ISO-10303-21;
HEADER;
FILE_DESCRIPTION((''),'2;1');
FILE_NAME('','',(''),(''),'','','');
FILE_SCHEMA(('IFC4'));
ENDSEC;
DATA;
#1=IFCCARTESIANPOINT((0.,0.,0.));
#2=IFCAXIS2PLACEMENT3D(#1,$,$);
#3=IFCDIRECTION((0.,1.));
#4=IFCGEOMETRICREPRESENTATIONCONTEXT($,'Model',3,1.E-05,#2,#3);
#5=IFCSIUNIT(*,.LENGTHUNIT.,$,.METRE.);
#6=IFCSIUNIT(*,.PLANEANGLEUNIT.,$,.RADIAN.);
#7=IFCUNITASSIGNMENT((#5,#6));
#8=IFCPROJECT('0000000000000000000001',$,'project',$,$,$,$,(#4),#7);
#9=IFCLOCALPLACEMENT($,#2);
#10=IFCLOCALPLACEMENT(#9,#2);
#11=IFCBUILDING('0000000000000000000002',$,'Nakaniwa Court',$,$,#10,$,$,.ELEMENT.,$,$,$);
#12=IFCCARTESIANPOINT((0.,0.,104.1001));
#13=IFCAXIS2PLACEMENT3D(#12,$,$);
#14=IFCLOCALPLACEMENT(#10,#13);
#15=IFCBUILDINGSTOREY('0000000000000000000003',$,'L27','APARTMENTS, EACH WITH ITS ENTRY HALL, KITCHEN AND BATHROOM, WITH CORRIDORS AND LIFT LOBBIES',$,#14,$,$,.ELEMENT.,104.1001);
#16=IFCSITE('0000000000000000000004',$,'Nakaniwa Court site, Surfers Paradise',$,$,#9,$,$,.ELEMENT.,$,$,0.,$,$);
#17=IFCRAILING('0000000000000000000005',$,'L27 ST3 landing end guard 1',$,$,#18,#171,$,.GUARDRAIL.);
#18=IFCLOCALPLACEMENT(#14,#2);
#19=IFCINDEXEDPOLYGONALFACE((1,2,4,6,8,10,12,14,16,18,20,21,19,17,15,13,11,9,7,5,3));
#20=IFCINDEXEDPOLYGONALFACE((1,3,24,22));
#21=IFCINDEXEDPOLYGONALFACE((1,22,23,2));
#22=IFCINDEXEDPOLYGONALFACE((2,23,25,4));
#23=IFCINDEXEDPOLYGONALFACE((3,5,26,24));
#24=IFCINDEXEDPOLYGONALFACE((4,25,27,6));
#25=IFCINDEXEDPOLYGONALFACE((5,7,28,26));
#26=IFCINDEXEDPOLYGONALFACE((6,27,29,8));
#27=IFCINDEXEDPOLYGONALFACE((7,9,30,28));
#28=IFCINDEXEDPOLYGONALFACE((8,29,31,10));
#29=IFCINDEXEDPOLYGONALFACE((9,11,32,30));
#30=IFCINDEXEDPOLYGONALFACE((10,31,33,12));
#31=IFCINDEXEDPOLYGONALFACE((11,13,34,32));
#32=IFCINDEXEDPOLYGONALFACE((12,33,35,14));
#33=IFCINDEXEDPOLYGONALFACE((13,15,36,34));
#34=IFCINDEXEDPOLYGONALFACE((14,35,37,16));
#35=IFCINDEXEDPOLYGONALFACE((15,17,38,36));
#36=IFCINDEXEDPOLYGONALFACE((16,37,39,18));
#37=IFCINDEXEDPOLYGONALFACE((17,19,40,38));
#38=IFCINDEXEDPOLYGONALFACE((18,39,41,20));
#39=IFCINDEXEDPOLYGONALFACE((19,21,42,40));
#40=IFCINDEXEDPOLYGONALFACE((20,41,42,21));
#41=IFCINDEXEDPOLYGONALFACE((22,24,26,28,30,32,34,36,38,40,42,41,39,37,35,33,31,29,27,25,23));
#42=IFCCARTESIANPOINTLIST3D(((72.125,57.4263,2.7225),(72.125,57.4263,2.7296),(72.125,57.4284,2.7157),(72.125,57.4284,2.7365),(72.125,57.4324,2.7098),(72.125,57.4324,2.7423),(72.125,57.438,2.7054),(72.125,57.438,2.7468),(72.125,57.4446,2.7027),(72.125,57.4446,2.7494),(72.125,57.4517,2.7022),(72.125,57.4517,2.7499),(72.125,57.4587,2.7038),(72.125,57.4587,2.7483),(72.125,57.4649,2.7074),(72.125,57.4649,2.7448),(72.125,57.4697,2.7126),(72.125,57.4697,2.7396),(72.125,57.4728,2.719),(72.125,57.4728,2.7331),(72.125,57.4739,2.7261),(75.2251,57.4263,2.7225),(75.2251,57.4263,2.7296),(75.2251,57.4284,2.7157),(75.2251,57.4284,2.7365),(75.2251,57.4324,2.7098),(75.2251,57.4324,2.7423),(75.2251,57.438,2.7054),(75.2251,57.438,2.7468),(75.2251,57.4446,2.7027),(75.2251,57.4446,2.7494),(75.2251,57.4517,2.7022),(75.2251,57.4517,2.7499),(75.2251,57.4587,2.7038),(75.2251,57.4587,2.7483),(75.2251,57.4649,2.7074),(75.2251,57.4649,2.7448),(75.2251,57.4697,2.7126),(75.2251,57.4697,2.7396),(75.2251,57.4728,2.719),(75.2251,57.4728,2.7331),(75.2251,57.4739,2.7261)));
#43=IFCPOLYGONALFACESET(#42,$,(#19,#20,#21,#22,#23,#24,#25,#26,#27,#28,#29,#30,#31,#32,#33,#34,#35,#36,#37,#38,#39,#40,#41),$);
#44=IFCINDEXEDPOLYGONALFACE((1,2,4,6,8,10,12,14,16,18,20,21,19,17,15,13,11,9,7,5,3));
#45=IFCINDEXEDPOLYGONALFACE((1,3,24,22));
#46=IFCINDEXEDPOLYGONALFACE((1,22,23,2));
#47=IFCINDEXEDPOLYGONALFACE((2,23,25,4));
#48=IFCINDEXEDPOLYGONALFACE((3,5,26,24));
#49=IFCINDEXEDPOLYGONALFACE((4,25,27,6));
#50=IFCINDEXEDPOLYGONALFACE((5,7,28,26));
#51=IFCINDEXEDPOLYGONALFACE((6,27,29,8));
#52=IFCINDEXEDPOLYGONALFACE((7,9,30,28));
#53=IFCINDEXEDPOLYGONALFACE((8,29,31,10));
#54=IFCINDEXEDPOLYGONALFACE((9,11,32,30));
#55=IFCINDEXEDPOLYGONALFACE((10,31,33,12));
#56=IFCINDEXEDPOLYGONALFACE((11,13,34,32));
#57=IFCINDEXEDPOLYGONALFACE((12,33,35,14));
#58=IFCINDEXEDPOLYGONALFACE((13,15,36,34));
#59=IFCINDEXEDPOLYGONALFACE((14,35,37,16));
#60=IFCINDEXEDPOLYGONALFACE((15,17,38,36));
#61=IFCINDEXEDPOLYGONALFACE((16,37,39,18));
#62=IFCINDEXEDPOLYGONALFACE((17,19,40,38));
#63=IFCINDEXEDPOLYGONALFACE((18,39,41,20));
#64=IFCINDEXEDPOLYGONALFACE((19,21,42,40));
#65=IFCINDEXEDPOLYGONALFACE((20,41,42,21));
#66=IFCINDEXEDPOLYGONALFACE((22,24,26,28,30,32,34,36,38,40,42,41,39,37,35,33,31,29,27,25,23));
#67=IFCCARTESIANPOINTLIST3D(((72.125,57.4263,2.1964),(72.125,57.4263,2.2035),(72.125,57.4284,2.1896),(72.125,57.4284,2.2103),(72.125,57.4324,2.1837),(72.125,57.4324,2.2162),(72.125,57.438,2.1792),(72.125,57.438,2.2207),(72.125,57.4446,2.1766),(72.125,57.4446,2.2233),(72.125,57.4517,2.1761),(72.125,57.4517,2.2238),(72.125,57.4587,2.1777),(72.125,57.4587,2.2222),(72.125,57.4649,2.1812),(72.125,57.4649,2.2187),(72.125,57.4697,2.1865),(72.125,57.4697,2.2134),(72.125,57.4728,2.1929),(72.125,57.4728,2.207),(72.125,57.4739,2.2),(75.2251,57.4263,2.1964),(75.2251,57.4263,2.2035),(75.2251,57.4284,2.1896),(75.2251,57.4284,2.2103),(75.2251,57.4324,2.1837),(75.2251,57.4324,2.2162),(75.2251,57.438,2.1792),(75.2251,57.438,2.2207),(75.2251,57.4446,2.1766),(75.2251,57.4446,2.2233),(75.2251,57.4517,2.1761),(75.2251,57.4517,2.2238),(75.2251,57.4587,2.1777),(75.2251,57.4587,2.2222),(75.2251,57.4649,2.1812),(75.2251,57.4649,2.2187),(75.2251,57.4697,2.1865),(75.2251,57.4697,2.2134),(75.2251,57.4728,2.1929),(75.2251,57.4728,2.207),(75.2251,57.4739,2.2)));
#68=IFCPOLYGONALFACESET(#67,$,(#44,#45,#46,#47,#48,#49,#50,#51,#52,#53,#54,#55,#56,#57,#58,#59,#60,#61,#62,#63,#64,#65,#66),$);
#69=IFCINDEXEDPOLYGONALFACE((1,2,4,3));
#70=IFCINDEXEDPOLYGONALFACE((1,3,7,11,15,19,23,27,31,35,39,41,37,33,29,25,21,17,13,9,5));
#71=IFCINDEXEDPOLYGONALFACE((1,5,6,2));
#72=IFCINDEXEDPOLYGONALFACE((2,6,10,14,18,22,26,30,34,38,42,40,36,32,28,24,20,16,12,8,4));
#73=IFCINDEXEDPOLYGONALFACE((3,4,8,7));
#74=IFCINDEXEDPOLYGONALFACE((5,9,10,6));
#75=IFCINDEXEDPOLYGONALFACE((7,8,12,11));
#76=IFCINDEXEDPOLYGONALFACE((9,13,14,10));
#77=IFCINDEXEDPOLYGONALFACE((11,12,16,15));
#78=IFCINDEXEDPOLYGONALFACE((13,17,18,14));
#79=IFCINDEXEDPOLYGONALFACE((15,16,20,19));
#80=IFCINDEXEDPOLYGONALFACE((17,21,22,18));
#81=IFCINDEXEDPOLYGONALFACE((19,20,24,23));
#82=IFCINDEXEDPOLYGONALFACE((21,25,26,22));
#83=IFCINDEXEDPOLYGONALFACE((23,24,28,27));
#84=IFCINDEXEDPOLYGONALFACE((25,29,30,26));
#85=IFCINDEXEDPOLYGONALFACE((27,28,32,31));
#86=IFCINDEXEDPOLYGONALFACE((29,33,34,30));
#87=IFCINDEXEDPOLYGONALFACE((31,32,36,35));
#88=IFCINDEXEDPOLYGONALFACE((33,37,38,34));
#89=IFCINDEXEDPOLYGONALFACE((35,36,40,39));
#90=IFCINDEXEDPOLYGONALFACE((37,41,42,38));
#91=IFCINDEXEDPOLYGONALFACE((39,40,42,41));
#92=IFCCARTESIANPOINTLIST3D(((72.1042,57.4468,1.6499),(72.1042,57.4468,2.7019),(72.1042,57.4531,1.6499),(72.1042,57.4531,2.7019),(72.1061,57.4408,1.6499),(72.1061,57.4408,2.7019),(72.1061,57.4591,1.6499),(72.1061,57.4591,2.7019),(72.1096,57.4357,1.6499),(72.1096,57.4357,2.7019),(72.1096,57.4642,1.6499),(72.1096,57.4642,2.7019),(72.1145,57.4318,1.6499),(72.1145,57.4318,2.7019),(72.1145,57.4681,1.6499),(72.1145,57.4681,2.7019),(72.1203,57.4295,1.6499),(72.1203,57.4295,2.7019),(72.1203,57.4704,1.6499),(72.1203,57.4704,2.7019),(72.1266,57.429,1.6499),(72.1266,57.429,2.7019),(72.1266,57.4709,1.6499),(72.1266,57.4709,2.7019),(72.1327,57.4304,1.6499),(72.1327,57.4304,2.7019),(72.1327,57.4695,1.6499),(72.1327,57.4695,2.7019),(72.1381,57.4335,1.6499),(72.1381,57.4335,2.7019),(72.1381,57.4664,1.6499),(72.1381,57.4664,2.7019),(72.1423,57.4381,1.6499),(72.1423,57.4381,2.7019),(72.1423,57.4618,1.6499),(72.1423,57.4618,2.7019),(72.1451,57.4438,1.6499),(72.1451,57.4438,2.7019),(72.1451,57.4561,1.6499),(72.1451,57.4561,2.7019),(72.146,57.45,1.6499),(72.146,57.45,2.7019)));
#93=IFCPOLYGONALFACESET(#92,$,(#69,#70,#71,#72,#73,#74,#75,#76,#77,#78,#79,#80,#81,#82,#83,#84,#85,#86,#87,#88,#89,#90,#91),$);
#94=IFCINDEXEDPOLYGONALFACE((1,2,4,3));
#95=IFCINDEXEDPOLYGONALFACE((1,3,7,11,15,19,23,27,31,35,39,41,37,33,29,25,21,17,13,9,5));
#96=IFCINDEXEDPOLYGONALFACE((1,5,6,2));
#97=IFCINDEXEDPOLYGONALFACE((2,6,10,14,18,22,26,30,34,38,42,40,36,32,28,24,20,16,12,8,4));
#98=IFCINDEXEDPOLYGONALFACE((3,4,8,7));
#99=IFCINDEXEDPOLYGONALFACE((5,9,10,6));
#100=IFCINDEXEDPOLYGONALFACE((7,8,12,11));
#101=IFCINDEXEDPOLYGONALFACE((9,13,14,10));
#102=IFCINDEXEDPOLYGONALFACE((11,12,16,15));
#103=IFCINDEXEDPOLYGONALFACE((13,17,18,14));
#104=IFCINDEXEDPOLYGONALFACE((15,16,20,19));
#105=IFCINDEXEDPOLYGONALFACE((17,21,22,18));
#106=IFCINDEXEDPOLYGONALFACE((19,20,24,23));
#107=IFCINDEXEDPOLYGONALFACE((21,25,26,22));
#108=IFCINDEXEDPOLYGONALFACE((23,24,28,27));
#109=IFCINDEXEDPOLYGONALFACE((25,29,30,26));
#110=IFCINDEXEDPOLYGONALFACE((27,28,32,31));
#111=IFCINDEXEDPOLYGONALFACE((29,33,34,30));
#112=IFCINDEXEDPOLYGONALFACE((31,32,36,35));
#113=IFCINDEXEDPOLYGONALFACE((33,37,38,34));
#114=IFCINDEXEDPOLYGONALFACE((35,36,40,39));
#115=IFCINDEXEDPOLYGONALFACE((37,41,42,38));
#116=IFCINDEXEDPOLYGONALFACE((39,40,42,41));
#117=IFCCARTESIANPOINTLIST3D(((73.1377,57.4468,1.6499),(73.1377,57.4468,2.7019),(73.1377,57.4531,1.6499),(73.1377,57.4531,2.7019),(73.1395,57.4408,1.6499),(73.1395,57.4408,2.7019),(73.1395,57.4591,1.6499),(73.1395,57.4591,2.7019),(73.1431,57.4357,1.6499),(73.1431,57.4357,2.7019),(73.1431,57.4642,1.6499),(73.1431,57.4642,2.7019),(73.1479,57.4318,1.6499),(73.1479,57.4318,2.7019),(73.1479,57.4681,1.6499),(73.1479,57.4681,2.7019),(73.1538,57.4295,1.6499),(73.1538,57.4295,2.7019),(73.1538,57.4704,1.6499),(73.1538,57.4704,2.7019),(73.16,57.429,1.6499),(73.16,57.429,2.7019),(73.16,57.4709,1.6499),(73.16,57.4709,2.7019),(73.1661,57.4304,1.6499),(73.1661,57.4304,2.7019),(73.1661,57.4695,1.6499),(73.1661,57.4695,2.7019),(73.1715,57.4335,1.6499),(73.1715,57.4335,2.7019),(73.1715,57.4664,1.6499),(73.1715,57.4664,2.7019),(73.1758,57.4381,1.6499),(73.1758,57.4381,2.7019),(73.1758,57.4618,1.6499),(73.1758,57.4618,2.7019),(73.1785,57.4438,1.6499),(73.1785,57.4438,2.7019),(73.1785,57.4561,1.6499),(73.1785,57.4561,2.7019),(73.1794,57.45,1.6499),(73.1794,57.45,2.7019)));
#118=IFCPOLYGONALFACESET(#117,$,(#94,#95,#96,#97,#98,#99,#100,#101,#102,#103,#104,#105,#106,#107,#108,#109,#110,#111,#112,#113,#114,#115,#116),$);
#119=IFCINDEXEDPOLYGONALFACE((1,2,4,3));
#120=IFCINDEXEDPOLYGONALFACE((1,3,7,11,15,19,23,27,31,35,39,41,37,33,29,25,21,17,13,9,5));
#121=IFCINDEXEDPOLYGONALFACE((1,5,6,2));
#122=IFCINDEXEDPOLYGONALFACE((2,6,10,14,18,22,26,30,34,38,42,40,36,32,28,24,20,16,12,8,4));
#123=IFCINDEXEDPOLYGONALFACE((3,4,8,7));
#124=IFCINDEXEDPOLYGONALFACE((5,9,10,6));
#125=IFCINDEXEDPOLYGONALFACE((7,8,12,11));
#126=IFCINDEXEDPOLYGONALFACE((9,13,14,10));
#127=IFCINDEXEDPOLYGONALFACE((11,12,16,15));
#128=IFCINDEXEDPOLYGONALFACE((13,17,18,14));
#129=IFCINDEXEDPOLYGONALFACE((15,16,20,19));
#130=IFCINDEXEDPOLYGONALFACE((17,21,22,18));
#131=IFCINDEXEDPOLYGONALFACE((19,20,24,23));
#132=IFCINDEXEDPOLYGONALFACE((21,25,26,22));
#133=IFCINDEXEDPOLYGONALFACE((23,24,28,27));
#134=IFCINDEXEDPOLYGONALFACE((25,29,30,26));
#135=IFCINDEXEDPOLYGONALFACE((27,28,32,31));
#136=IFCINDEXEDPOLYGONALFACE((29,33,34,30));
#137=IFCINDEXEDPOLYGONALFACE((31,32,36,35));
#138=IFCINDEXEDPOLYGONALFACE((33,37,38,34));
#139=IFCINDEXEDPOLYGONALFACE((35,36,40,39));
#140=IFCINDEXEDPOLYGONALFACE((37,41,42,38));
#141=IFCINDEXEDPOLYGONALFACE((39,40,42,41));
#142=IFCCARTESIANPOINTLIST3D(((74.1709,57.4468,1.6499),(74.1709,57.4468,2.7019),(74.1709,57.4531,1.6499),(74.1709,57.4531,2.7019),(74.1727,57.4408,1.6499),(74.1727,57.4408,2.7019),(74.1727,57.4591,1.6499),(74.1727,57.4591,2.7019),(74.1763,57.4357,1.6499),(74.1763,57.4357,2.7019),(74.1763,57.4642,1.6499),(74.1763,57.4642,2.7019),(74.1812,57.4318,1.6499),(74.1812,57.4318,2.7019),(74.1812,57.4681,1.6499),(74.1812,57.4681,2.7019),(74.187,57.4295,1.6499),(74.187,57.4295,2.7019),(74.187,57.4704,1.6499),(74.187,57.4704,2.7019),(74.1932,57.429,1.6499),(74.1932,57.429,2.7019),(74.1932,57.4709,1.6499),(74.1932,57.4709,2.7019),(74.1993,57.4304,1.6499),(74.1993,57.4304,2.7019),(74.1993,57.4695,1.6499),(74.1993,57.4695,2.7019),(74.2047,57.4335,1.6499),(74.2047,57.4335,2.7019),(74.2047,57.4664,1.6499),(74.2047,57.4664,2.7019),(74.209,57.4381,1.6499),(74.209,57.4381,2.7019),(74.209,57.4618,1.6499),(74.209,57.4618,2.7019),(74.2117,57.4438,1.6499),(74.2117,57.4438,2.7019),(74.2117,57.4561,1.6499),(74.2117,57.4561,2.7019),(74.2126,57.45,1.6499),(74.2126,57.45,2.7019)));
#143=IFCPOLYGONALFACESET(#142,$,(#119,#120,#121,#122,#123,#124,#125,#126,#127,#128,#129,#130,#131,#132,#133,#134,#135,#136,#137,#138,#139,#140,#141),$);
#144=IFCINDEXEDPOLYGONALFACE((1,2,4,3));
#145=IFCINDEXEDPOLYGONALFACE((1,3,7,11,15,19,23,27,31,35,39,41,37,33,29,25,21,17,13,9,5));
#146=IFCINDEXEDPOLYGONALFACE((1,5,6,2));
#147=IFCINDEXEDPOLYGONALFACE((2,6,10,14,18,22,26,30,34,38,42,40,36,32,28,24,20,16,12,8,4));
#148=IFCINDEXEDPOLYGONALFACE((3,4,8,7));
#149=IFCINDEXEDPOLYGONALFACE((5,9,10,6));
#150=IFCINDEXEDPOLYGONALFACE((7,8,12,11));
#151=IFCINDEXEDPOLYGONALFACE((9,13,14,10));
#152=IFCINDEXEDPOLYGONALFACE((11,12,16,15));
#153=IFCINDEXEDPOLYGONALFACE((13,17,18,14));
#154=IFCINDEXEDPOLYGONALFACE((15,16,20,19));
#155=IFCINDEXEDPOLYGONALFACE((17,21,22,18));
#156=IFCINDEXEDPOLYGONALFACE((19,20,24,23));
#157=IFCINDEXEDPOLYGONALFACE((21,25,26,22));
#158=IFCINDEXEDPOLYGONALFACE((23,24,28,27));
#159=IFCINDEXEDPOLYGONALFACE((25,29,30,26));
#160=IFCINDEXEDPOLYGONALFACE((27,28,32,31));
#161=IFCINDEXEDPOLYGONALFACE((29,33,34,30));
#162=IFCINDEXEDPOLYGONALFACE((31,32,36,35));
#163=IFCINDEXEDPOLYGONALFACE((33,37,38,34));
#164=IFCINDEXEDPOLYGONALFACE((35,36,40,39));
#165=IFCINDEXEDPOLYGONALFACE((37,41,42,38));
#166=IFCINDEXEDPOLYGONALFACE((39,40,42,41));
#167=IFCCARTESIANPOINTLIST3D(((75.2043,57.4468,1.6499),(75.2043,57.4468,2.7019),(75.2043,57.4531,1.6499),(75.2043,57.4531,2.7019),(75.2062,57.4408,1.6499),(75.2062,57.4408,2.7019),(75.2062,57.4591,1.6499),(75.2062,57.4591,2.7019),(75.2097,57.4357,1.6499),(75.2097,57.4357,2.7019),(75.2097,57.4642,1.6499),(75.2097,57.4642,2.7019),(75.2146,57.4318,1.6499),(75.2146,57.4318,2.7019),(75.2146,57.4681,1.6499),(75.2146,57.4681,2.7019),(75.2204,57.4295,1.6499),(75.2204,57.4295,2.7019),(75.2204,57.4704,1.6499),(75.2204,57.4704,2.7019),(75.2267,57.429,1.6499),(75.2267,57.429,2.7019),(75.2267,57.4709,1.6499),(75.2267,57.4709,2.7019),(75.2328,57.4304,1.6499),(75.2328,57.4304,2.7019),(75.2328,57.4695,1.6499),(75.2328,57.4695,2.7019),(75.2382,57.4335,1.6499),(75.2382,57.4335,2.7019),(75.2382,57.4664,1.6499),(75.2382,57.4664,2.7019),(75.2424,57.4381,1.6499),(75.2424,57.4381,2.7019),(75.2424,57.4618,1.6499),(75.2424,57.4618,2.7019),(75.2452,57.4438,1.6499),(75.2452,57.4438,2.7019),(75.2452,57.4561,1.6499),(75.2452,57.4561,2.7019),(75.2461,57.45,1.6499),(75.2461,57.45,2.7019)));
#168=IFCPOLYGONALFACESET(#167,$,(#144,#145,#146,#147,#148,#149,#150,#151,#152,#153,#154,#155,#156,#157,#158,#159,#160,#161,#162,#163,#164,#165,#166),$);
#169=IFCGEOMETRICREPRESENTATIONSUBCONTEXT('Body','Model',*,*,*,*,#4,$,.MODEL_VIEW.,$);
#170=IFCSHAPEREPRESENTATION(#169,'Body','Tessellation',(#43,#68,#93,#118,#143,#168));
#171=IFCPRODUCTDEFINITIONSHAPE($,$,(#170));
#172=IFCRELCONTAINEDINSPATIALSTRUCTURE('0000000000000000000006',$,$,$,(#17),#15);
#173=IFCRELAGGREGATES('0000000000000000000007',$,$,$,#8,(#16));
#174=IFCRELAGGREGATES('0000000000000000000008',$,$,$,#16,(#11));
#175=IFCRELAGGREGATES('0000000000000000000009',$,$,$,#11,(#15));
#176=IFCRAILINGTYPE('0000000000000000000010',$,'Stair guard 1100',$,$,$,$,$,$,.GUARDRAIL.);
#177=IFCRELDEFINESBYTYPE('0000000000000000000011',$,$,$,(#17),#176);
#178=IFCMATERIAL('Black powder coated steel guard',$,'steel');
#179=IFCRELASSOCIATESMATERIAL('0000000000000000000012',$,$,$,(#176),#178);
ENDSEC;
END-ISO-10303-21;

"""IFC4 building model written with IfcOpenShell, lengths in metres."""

from ifc_helpers import new_model, si_unit, direction, frame, origin, origin_2d, place, context, subcontext, project, spatial, circle, extrude, material, type_object, element, save


model = new_model("IFC4")

# Units and contexts
model_context = context("Model", 3, precision=1e-05, world=origin(), true_north=direction((0.0, 1.0)))
body_context = subcontext(model_context, "Body", "Model", "MODEL_VIEW")
ifc_project = project(units=[si_unit("LENGTHUNIT", "METRE"), si_unit("PLANEANGLEUNIT", "RADIAN")], contexts=[model_context])

# Site, building, storey
site_placement = place(None, origin())
site = spatial("IfcSite", under=ifc_project, at=site_placement, Name="Nakaniwa Court site, Surfers Paradise", CompositionType="ELEMENT", RefElevation=0.0)
building_placement = place(site_placement, origin())
building = spatial("IfcBuilding", under=site, at=building_placement, Name="Nakaniwa Court", CompositionType="ELEMENT")
storey_placement = place(building_placement, frame((0.0, 0.0, 104.1001)))
storey = spatial("IfcBuildingStorey", under=building, at=storey_placement, Name="L27", Description="APARTMENTS, EACH WITH ITS ENTRY HALL, KITCHEN AND BATHROOM, WITH CORRIDORS AND LIFT LOBBIES", CompositionType="ELEMENT", Elevation=104.1001)

# Railing
ifc_material_1 = material(Name="Black powder coated steel guard", Category="steel")
railing_type_1 = type_object("IfcRailingType", Name="Stair guard 1100", PredefinedType="GUARDRAIL", material=ifc_material_1)
railing_1_placement = place(storey_placement, frame((72.125, 57.45, 1.6499)))
element("IfcRailing", 1, at=railing_1_placement, inside=storey, type_object=railing_type_1, Name="L27 ST3 landing end guard 1", PredefinedType="GUARDRAIL", context=body_context, shape_type="SweptSolid", body=[
    extrude(circle(Radius=0.0239, at=origin_2d()), frame((0.0, 0.0, 1.0762), z_axis=(1.0, 0.0, 0.0), x_axis=(0.0, 1.0, 0.0)), (0.0, 0.0, 1.0), 3.1001),
    extrude(circle(Radius=0.0239, at=origin_2d()), frame((0.0, 0.0, 0.55), z_axis=(1.0, 0.0, 0.0), x_axis=(0.0, 1.0, 0.0)), (0.0, 0.0, 1.0), 3.1001),
    extrude(circle(Radius=0.021, at=origin_2d()), origin(), (0.0, 0.0, 1.0), 1.052),
    extrude(circle(Radius=0.021, at=origin_2d()), frame((1.0334, 0.0, 0.0)), (0.0, 0.0, 1.0), 1.052),
    extrude(circle(Radius=0.021, at=origin_2d()), frame((2.0667, 0.0, 0.0)), (0.0, 0.0, 1.0), 1.052),
    extrude(circle(Radius=0.021, at=origin_2d()), frame((3.1001, 0.0, 0.0)), (0.0, 0.0, 1.0), 1.052),
])

save(model, "model.ifc")
